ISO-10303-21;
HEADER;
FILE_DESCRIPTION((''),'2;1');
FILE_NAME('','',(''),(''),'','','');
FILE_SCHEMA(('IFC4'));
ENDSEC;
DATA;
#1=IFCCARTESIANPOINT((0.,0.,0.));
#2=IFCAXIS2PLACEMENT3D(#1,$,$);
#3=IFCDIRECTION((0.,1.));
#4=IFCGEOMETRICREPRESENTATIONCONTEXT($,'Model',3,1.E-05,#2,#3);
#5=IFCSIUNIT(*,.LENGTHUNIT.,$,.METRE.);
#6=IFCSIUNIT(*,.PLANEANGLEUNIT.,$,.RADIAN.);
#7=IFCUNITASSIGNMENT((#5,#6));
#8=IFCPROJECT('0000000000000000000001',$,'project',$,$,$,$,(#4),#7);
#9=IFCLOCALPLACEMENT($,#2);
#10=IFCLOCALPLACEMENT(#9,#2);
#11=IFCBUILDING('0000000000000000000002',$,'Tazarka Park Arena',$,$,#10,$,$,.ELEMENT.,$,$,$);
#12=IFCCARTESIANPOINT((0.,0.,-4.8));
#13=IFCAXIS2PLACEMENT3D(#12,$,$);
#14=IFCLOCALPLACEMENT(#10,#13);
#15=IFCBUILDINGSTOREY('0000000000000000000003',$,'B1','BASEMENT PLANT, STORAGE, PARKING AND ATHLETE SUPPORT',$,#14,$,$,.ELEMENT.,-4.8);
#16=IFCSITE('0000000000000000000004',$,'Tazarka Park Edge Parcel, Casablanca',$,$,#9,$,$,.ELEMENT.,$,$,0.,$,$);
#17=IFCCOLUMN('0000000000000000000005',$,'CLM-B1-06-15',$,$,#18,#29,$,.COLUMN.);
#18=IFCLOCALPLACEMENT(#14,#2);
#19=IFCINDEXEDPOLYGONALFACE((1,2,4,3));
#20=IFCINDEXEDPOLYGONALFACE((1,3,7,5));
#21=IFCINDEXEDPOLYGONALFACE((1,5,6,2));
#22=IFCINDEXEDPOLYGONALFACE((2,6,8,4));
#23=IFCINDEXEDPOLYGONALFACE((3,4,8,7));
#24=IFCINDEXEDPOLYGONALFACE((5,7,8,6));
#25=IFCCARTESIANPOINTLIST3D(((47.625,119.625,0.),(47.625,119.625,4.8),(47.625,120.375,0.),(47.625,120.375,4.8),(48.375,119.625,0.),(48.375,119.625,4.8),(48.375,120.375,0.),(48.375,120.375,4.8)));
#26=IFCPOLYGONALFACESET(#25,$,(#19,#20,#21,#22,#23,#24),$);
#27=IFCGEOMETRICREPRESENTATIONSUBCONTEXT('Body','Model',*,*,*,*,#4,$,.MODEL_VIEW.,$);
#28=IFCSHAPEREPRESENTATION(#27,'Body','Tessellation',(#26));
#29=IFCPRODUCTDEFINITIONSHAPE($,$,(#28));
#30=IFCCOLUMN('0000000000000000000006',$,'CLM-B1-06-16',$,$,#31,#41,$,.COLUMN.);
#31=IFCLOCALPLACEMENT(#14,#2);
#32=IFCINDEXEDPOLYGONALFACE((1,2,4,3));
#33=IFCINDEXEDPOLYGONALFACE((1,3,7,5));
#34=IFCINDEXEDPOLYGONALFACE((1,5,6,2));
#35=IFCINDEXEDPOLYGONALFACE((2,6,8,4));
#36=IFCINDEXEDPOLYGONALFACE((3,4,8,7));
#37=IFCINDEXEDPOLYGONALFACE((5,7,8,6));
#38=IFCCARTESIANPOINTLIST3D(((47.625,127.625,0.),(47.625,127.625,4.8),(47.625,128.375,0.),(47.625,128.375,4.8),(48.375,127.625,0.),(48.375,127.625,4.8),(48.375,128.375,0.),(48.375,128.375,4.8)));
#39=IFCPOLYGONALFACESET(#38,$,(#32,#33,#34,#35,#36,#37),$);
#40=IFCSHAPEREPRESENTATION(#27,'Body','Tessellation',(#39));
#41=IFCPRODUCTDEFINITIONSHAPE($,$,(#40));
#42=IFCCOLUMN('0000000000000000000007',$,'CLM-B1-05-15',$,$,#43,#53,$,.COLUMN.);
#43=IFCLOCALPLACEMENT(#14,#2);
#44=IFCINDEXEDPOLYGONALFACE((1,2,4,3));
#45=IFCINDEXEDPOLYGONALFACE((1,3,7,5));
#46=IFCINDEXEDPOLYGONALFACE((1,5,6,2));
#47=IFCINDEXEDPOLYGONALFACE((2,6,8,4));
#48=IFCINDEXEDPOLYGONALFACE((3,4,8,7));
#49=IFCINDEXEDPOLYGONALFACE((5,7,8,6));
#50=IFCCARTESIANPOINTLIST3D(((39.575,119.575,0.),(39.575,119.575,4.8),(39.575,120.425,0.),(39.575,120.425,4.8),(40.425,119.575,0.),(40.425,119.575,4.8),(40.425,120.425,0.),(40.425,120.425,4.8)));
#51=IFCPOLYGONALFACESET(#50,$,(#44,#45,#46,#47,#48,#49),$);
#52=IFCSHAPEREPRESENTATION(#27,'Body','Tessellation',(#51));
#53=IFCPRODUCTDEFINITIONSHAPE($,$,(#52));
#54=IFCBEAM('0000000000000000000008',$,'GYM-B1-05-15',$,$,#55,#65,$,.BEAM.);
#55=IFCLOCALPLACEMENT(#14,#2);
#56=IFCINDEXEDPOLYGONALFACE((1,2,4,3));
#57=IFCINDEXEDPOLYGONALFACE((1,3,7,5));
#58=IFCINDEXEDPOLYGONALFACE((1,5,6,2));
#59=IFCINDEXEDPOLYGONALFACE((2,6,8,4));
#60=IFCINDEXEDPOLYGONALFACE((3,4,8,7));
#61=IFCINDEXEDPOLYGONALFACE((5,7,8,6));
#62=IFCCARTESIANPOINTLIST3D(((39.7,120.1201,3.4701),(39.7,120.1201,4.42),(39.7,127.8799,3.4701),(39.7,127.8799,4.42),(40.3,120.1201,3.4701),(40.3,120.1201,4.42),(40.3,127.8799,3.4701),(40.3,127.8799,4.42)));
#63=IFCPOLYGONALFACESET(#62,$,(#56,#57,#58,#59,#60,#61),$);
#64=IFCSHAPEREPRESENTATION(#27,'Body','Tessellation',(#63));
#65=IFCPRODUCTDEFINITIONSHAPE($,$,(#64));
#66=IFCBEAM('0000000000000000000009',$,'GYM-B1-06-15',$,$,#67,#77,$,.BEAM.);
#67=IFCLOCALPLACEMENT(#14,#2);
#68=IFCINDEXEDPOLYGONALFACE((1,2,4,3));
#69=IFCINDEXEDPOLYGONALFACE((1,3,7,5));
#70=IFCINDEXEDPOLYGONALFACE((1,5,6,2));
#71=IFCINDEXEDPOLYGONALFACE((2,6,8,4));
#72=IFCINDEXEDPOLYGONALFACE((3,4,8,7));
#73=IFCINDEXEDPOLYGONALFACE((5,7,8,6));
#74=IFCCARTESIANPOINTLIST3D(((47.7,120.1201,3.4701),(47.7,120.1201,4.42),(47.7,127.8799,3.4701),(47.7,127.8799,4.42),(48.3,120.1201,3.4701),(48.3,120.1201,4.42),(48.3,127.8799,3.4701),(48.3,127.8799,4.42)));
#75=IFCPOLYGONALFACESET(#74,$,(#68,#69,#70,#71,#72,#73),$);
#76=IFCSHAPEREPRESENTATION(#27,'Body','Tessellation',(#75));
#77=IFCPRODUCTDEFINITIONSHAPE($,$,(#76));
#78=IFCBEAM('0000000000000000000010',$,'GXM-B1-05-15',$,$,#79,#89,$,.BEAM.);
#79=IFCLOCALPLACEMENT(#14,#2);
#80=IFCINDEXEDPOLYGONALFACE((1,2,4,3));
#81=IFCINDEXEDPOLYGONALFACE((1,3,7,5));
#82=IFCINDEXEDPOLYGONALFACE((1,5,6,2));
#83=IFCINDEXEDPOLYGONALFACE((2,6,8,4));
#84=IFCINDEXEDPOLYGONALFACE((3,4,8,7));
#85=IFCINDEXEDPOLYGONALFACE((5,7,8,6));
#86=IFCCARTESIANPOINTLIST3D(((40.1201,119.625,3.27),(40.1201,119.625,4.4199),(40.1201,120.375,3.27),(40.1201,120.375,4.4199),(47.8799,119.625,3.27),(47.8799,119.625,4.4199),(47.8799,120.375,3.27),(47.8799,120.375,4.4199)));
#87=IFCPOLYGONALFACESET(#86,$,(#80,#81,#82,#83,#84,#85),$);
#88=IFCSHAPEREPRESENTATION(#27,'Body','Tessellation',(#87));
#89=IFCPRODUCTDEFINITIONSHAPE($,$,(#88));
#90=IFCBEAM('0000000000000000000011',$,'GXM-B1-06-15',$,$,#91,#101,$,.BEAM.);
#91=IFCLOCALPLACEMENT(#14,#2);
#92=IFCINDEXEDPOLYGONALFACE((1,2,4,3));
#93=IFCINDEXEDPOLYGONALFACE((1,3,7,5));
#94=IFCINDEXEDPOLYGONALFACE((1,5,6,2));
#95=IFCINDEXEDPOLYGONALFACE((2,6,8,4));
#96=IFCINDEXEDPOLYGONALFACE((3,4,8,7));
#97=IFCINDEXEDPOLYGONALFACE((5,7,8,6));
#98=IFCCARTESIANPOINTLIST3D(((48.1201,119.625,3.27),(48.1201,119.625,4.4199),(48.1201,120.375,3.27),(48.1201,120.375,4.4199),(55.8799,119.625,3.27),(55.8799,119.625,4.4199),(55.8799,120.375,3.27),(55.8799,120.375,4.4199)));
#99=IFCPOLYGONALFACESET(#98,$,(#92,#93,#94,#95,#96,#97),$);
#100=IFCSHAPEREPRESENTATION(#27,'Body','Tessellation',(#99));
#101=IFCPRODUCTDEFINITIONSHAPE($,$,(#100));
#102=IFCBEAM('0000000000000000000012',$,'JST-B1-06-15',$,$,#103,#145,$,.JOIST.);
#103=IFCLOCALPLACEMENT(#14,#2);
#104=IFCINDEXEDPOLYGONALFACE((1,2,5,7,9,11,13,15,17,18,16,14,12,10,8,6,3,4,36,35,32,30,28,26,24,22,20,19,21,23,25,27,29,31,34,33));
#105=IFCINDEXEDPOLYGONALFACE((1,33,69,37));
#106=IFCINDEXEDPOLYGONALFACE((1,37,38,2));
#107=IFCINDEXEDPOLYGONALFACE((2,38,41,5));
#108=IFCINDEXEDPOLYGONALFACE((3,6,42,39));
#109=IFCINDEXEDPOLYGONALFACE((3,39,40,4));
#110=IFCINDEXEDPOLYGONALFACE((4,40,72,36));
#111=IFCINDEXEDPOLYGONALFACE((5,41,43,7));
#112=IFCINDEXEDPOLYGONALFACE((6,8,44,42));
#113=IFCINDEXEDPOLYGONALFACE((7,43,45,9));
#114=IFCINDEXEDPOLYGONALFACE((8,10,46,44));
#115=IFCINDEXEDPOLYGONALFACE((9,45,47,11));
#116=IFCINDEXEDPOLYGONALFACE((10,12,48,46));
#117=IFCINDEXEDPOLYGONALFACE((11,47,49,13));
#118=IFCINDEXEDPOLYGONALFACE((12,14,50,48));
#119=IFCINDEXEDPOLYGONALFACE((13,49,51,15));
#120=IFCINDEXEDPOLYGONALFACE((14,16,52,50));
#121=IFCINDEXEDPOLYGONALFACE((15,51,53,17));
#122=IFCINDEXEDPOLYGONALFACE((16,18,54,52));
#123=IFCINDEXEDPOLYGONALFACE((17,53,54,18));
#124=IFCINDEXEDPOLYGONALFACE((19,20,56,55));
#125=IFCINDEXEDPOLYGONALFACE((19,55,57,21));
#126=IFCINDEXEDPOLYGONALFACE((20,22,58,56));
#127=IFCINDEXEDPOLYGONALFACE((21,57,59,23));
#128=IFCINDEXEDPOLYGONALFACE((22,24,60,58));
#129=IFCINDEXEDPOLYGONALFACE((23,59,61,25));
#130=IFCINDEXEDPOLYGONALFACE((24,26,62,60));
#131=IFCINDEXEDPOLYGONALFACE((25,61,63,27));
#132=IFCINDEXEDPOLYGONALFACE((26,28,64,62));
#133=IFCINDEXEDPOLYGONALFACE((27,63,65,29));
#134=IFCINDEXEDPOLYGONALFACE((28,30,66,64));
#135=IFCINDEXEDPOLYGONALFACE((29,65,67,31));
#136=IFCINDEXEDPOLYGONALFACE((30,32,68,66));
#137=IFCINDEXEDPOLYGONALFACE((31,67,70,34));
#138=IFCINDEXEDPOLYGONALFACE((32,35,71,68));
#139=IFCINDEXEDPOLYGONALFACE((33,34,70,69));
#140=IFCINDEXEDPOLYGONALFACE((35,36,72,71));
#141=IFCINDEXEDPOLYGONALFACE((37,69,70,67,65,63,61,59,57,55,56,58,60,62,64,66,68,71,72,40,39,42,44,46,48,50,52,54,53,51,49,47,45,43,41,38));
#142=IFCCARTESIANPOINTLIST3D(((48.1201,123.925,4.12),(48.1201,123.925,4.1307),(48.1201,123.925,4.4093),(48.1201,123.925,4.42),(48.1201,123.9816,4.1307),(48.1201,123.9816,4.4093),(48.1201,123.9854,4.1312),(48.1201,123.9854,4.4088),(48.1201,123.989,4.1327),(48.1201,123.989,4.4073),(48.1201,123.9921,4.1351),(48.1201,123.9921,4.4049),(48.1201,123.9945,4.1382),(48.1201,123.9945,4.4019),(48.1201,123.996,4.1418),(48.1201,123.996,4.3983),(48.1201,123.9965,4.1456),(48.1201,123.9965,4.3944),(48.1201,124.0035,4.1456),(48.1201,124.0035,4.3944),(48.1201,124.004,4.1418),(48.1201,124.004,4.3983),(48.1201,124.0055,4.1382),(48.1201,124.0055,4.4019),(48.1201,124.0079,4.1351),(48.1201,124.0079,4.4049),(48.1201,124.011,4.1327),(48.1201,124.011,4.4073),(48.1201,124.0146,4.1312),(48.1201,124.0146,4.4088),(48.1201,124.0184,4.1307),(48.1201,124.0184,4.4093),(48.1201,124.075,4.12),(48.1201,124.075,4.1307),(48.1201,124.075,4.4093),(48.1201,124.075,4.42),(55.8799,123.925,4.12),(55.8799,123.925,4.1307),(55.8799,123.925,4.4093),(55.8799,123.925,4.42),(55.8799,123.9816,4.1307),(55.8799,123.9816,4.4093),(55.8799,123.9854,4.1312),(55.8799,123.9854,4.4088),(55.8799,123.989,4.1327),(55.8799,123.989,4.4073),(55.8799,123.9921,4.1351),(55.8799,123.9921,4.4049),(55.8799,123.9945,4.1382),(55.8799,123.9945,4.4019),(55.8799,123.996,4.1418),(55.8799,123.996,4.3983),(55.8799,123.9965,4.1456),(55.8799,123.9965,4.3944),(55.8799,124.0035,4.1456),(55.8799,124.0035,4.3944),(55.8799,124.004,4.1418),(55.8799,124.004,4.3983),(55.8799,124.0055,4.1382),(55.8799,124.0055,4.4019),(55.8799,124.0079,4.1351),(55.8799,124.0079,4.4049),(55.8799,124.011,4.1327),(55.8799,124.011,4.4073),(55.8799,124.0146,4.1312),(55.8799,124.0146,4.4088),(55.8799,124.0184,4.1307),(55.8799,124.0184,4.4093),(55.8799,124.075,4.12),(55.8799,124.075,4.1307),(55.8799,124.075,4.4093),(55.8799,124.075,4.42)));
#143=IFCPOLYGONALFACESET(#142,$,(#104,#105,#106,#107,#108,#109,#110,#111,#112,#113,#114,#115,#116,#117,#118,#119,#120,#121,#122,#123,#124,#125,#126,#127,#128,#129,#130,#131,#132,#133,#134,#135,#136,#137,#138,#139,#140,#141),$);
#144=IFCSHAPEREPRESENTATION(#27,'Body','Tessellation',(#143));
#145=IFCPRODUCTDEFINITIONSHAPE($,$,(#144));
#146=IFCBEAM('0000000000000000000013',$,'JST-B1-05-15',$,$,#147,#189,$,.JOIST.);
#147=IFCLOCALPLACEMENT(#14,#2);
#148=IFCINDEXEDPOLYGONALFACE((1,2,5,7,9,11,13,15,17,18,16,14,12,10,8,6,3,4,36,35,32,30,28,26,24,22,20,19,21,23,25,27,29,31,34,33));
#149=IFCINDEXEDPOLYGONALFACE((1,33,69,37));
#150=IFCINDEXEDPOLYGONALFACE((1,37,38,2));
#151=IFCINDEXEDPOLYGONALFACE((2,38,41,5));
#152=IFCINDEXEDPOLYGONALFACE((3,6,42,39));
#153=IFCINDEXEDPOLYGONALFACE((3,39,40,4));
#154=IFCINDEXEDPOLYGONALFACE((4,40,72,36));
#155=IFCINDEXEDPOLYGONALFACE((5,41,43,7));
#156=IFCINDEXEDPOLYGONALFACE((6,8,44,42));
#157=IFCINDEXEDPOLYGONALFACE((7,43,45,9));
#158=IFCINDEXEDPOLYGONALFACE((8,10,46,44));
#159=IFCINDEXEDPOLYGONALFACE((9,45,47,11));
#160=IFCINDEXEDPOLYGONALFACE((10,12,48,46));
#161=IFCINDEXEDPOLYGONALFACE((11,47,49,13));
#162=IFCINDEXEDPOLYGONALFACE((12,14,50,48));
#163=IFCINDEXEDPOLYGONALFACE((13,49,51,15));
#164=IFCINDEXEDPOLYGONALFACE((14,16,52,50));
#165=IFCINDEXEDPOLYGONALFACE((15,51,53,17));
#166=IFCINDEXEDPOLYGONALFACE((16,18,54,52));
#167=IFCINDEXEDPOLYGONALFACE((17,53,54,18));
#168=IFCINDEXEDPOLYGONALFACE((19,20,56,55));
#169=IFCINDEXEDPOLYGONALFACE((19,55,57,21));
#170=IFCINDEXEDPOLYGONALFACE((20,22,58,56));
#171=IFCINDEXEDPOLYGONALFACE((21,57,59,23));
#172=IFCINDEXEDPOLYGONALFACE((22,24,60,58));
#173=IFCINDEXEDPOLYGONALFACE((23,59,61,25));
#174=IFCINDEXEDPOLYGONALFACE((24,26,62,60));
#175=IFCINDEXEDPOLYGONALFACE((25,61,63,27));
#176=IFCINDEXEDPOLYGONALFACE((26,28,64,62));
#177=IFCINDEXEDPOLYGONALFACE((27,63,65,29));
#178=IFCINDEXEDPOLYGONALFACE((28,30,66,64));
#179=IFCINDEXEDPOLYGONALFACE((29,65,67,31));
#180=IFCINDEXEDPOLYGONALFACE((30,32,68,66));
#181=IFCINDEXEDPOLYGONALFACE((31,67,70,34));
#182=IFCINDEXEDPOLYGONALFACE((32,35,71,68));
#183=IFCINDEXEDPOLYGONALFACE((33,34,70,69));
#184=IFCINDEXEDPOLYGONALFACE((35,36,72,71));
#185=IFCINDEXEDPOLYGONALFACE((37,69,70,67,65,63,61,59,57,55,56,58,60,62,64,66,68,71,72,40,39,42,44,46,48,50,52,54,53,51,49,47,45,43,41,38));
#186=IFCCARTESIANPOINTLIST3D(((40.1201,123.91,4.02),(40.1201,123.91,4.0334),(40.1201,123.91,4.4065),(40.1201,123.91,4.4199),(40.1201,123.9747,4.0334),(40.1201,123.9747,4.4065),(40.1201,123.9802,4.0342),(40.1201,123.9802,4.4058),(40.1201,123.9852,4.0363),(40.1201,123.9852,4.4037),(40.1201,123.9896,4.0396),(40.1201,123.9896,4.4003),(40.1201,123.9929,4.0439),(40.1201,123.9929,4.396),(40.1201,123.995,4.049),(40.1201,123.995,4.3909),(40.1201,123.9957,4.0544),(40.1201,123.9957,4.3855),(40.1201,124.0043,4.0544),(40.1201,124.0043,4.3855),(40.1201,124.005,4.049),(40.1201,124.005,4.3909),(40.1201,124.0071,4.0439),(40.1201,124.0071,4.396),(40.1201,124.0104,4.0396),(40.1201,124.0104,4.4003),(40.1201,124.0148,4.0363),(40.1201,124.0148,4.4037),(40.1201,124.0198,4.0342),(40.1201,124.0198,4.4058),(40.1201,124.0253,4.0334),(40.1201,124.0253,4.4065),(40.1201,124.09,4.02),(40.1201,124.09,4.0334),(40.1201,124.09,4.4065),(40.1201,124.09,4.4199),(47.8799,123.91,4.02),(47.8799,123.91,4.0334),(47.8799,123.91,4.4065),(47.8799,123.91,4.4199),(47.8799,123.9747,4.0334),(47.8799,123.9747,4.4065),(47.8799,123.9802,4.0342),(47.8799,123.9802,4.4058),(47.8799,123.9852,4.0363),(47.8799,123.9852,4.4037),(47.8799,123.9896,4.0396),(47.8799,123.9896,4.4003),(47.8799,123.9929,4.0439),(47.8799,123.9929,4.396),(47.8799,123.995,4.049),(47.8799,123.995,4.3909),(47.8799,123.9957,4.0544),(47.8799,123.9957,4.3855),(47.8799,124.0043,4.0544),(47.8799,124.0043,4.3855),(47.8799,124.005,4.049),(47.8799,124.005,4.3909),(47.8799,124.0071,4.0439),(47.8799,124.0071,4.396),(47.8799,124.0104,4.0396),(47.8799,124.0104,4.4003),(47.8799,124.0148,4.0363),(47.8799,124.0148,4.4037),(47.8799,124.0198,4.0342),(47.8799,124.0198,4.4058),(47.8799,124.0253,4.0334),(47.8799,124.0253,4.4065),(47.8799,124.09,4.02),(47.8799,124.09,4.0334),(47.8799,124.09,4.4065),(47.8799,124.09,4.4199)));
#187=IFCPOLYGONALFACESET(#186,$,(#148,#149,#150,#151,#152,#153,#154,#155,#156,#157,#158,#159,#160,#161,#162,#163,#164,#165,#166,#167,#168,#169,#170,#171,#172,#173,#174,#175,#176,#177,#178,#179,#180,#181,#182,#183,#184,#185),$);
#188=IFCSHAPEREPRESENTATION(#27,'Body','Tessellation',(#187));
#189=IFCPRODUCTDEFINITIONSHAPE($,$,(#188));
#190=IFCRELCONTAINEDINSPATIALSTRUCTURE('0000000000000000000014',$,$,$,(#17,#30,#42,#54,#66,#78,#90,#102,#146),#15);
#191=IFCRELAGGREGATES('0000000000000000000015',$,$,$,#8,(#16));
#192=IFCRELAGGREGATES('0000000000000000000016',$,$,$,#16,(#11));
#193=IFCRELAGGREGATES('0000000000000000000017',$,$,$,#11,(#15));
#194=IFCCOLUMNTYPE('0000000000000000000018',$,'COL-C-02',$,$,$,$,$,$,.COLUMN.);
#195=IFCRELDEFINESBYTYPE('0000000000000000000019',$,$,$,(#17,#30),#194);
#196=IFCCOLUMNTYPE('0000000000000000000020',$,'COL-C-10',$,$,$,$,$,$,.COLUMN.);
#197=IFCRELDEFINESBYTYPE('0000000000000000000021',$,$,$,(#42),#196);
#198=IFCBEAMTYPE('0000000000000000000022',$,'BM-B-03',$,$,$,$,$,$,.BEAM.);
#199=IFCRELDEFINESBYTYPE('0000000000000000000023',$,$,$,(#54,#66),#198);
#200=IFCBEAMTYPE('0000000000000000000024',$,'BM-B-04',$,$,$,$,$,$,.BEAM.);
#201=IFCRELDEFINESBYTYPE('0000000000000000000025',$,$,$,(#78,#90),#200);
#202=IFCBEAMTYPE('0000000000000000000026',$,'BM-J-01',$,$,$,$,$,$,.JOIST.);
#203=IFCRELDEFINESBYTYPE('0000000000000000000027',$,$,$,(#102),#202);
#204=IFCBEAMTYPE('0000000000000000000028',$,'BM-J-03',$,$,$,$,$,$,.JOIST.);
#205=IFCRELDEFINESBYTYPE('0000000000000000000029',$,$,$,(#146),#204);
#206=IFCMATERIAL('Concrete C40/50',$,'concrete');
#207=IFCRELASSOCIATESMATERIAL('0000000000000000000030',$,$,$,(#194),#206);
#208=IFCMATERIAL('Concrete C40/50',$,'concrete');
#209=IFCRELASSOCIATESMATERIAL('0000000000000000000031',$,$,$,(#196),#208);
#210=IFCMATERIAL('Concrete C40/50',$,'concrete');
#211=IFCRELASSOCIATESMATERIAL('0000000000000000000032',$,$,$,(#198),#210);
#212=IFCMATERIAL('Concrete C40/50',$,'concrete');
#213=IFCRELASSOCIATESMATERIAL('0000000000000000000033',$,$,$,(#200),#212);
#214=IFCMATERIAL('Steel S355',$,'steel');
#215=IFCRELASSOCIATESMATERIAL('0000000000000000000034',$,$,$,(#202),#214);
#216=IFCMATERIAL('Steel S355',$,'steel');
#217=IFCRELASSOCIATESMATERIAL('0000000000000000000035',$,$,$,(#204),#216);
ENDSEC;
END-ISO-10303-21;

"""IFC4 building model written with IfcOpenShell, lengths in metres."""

from ifc_helpers import new_model, si_unit, direction, frame, origin, origin_2d, place, context, subcontext, project, spatial, rectangle, i_section, extrude, material, material_profile, profile_set, type_object, element, save


model = new_model("IFC4")

# Units and contexts
model_context = context("Model", 3, precision=1e-05, world=origin(), true_north=direction((0.0, 1.0)))
body_context = subcontext(model_context, "Body", "Model", "MODEL_VIEW")
ifc_project = project(units=[si_unit("LENGTHUNIT", "METRE"), si_unit("PLANEANGLEUNIT", "RADIAN")], contexts=[model_context])

# Site, building, storey
site_placement = place(None, origin())
site = spatial("IfcSite", under=ifc_project, at=site_placement, Name="Tazarka Park Edge Parcel, Casablanca", CompositionType="ELEMENT", RefElevation=0.0)
building_placement = place(site_placement, origin())
building = spatial("IfcBuilding", under=site, at=building_placement, Name="Tazarka Park Arena", CompositionType="ELEMENT")
storey_placement = place(building_placement, frame((0.0, 0.0, -4.8)))
storey = spatial("IfcBuildingStorey", under=building, at=storey_placement, Name="B1", Description="BASEMENT PLANT, STORAGE, PARKING AND ATHLETE SUPPORT", CompositionType="ELEMENT", Elevation=-4.8)

# Columns
ifc_material_1 = material(Name="Concrete C40/50", Category="concrete")
ifc_material_profile_1 = material_profile(ifc_material_1, rectangle(XDim=0.75, YDim=0.75, at=origin_2d()), Name="Concrete C40/50")
ifc_profile_set_1 = profile_set([ifc_material_profile_1], Name="Concrete C40/50")
column_type_1 = type_object("IfcColumnType", Name="COL-C-02", PredefinedType="COLUMN", material=ifc_profile_set_1)
for number, where, z_axis, x_axis, name in (
    (1, (48.0, 120.0, 0.0), (0.0, 0.0, 1.0), (1.0, 0.0, 0.0), "CLM-B1-06-15"),
    (2, (48.0, 128.0, 0.0), (0.0, 0.0, 1.0), (1.0, 0.0, 0.0), "CLM-B1-06-16"),
):
    element("IfcColumn", number, at=place(storey_placement, frame(where, z_axis=z_axis, x_axis=x_axis)), inside=storey, type_object=column_type_1, Name=name, PredefinedType="COLUMN", context=body_context, shape_type="SweptSolid", body=[
        extrude(rectangle(XDim=0.75, YDim=0.75, at=origin_2d()), origin(), (0.0, 0.0, 1.0), 4.8),
    ])
ifc_material_2 = material(Name="Concrete C40/50", Category="concrete")
ifc_material_profile_2 = material_profile(ifc_material_2, rectangle(XDim=0.8501, YDim=0.8501, at=origin_2d()), Name="Concrete C40/50")
ifc_profile_set_2 = profile_set([ifc_material_profile_2], Name="Concrete C40/50")
column_type_2 = type_object("IfcColumnType", Name="COL-C-10", PredefinedType="COLUMN", material=ifc_profile_set_2)
column_placement = place(storey_placement, frame((40.0, 120.0, 0.0), z_axis=(0.0, 0.0, 1.0), x_axis=(1.0, 0.0, 0.0)))
element("IfcColumn", 3, at=column_placement, inside=storey, type_object=column_type_2, Name="CLM-B1-05-15", PredefinedType="COLUMN", context=body_context, shape_type="SweptSolid", body=[
    extrude(rectangle(XDim=0.8501, YDim=0.8501, at=origin_2d()), origin(), (0.0, 0.0, 1.0), 4.8),
])

# Beams
ifc_material_3 = material(Name="Concrete C40/50", Category="concrete")
ifc_material_profile_3 = material_profile(ifc_material_3, rectangle(XDim=0.6001, YDim=0.95, at=origin_2d()), Name="Concrete C40/50")
ifc_profile_set_3 = profile_set([ifc_material_profile_3], Name="Concrete C40/50")
beam_type_1 = type_object("IfcBeamType", Name="BM-B-03", PredefinedType="BEAM", material=ifc_profile_set_3)
for number, where, z_axis, x_axis, name in (
    (4, (40.0, 120.1201, 3.9451), (0.0, 1.0, 0.0), (-1.0, 0.0, 0.0), "GYM-B1-05-15"),
    (5, (48.0, 120.1201, 3.9451), (0.0, 1.0, 0.0), (-1.0, 0.0, 0.0), "GYM-B1-06-15"),
):
    element("IfcBeam", number, at=place(storey_placement, frame(where, z_axis=z_axis, x_axis=x_axis)), inside=storey, type_object=beam_type_1, Name=name, PredefinedType="BEAM", context=body_context, shape_type="SweptSolid", body=[
        extrude(rectangle(XDim=0.6001, YDim=0.95, at=origin_2d()), origin(), (0.0, 0.0, 1.0), 7.7598),
    ])
ifc_material_4 = material(Name="Concrete C40/50", Category="concrete")
ifc_material_profile_4 = material_profile(ifc_material_4, rectangle(XDim=0.75, YDim=1.1499, at=origin_2d()), Name="Concrete C40/50")
ifc_profile_set_4 = profile_set([ifc_material_profile_4], Name="Concrete C40/50")
beam_type_2 = type_object("IfcBeamType", Name="BM-B-04", PredefinedType="BEAM", material=ifc_profile_set_4)
for number, where, z_axis, x_axis, name in (
    (6, (40.1201, 120.0, 3.845), (1.0, 0.0, 0.0), (0.0, 1.0, 0.0), "GXM-B1-05-15"),
    (7, (48.1201, 120.0, 3.845), (1.0, 0.0, 0.0), (0.0, 1.0, 0.0), "GXM-B1-06-15"),
):
    element("IfcBeam", number, at=place(storey_placement, frame(where, z_axis=z_axis, x_axis=x_axis)), inside=storey, type_object=beam_type_2, Name=name, PredefinedType="BEAM", context=body_context, shape_type="SweptSolid", body=[
        extrude(rectangle(XDim=0.75, YDim=1.1499, at=origin_2d()), origin(), (0.0, 0.0, 1.0), 7.7598),
    ])
ifc_material_5 = material(Name="Steel S355", Category="steel")
ifc_material_profile_5 = material_profile(ifc_material_5, i_section(OverallWidth=0.1499, OverallDepth=0.3, WebThickness=0.0071, FlangeThickness=0.0107, FilletRadius=0.0149, at=origin_2d()), Name="Steel S355")
ifc_profile_set_5 = profile_set([ifc_material_profile_5], Name="Steel S355")
beam_type_3 = type_object("IfcBeamType", Name="BM-J-01", PredefinedType="JOIST", material=ifc_profile_set_5)
beam_1_placement = place(storey_placement, frame((48.1201, 124.0, 4.27), z_axis=(1.0, 0.0, 0.0), x_axis=(0.0, 1.0, 0.0)))
element("IfcBeam", 8, at=beam_1_placement, inside=storey, type_object=beam_type_3, Name="JST-B1-06-15", PredefinedType="JOIST", context=body_context, shape_type="SweptSolid", body=[
    extrude(i_section(OverallWidth=0.1499, OverallDepth=0.3, WebThickness=0.0071, FlangeThickness=0.0107, FilletRadius=0.0149, at=origin_2d()), origin(), (0.0, 0.0, 1.0), 7.7598),
])
ifc_material_6 = material(Name="Steel S355", Category="steel")
ifc_material_profile_6 = material_profile(ifc_material_6, i_section(OverallWidth=0.1799, OverallDepth=0.3999, WebThickness=0.0085, FlangeThickness=0.0134, FilletRadius=0.021, at=origin_2d()), Name="Steel S355")
ifc_profile_set_6 = profile_set([ifc_material_profile_6], Name="Steel S355")
beam_type_4 = type_object("IfcBeamType", Name="BM-J-03", PredefinedType="JOIST", material=ifc_profile_set_6)
beam_2_placement = place(storey_placement, frame((40.1201, 124.0, 4.22), z_axis=(1.0, 0.0, 0.0), x_axis=(0.0, 1.0, 0.0)))
element("IfcBeam", 9, at=beam_2_placement, inside=storey, type_object=beam_type_4, Name="JST-B1-05-15", PredefinedType="JOIST", context=body_context, shape_type="SweptSolid", body=[
    extrude(i_section(OverallWidth=0.1799, OverallDepth=0.3999, WebThickness=0.0085, FlangeThickness=0.0134, FilletRadius=0.021, at=origin_2d()), origin(), (0.0, 0.0, 1.0), 7.7598),
])

save(model, "model.ifc")
